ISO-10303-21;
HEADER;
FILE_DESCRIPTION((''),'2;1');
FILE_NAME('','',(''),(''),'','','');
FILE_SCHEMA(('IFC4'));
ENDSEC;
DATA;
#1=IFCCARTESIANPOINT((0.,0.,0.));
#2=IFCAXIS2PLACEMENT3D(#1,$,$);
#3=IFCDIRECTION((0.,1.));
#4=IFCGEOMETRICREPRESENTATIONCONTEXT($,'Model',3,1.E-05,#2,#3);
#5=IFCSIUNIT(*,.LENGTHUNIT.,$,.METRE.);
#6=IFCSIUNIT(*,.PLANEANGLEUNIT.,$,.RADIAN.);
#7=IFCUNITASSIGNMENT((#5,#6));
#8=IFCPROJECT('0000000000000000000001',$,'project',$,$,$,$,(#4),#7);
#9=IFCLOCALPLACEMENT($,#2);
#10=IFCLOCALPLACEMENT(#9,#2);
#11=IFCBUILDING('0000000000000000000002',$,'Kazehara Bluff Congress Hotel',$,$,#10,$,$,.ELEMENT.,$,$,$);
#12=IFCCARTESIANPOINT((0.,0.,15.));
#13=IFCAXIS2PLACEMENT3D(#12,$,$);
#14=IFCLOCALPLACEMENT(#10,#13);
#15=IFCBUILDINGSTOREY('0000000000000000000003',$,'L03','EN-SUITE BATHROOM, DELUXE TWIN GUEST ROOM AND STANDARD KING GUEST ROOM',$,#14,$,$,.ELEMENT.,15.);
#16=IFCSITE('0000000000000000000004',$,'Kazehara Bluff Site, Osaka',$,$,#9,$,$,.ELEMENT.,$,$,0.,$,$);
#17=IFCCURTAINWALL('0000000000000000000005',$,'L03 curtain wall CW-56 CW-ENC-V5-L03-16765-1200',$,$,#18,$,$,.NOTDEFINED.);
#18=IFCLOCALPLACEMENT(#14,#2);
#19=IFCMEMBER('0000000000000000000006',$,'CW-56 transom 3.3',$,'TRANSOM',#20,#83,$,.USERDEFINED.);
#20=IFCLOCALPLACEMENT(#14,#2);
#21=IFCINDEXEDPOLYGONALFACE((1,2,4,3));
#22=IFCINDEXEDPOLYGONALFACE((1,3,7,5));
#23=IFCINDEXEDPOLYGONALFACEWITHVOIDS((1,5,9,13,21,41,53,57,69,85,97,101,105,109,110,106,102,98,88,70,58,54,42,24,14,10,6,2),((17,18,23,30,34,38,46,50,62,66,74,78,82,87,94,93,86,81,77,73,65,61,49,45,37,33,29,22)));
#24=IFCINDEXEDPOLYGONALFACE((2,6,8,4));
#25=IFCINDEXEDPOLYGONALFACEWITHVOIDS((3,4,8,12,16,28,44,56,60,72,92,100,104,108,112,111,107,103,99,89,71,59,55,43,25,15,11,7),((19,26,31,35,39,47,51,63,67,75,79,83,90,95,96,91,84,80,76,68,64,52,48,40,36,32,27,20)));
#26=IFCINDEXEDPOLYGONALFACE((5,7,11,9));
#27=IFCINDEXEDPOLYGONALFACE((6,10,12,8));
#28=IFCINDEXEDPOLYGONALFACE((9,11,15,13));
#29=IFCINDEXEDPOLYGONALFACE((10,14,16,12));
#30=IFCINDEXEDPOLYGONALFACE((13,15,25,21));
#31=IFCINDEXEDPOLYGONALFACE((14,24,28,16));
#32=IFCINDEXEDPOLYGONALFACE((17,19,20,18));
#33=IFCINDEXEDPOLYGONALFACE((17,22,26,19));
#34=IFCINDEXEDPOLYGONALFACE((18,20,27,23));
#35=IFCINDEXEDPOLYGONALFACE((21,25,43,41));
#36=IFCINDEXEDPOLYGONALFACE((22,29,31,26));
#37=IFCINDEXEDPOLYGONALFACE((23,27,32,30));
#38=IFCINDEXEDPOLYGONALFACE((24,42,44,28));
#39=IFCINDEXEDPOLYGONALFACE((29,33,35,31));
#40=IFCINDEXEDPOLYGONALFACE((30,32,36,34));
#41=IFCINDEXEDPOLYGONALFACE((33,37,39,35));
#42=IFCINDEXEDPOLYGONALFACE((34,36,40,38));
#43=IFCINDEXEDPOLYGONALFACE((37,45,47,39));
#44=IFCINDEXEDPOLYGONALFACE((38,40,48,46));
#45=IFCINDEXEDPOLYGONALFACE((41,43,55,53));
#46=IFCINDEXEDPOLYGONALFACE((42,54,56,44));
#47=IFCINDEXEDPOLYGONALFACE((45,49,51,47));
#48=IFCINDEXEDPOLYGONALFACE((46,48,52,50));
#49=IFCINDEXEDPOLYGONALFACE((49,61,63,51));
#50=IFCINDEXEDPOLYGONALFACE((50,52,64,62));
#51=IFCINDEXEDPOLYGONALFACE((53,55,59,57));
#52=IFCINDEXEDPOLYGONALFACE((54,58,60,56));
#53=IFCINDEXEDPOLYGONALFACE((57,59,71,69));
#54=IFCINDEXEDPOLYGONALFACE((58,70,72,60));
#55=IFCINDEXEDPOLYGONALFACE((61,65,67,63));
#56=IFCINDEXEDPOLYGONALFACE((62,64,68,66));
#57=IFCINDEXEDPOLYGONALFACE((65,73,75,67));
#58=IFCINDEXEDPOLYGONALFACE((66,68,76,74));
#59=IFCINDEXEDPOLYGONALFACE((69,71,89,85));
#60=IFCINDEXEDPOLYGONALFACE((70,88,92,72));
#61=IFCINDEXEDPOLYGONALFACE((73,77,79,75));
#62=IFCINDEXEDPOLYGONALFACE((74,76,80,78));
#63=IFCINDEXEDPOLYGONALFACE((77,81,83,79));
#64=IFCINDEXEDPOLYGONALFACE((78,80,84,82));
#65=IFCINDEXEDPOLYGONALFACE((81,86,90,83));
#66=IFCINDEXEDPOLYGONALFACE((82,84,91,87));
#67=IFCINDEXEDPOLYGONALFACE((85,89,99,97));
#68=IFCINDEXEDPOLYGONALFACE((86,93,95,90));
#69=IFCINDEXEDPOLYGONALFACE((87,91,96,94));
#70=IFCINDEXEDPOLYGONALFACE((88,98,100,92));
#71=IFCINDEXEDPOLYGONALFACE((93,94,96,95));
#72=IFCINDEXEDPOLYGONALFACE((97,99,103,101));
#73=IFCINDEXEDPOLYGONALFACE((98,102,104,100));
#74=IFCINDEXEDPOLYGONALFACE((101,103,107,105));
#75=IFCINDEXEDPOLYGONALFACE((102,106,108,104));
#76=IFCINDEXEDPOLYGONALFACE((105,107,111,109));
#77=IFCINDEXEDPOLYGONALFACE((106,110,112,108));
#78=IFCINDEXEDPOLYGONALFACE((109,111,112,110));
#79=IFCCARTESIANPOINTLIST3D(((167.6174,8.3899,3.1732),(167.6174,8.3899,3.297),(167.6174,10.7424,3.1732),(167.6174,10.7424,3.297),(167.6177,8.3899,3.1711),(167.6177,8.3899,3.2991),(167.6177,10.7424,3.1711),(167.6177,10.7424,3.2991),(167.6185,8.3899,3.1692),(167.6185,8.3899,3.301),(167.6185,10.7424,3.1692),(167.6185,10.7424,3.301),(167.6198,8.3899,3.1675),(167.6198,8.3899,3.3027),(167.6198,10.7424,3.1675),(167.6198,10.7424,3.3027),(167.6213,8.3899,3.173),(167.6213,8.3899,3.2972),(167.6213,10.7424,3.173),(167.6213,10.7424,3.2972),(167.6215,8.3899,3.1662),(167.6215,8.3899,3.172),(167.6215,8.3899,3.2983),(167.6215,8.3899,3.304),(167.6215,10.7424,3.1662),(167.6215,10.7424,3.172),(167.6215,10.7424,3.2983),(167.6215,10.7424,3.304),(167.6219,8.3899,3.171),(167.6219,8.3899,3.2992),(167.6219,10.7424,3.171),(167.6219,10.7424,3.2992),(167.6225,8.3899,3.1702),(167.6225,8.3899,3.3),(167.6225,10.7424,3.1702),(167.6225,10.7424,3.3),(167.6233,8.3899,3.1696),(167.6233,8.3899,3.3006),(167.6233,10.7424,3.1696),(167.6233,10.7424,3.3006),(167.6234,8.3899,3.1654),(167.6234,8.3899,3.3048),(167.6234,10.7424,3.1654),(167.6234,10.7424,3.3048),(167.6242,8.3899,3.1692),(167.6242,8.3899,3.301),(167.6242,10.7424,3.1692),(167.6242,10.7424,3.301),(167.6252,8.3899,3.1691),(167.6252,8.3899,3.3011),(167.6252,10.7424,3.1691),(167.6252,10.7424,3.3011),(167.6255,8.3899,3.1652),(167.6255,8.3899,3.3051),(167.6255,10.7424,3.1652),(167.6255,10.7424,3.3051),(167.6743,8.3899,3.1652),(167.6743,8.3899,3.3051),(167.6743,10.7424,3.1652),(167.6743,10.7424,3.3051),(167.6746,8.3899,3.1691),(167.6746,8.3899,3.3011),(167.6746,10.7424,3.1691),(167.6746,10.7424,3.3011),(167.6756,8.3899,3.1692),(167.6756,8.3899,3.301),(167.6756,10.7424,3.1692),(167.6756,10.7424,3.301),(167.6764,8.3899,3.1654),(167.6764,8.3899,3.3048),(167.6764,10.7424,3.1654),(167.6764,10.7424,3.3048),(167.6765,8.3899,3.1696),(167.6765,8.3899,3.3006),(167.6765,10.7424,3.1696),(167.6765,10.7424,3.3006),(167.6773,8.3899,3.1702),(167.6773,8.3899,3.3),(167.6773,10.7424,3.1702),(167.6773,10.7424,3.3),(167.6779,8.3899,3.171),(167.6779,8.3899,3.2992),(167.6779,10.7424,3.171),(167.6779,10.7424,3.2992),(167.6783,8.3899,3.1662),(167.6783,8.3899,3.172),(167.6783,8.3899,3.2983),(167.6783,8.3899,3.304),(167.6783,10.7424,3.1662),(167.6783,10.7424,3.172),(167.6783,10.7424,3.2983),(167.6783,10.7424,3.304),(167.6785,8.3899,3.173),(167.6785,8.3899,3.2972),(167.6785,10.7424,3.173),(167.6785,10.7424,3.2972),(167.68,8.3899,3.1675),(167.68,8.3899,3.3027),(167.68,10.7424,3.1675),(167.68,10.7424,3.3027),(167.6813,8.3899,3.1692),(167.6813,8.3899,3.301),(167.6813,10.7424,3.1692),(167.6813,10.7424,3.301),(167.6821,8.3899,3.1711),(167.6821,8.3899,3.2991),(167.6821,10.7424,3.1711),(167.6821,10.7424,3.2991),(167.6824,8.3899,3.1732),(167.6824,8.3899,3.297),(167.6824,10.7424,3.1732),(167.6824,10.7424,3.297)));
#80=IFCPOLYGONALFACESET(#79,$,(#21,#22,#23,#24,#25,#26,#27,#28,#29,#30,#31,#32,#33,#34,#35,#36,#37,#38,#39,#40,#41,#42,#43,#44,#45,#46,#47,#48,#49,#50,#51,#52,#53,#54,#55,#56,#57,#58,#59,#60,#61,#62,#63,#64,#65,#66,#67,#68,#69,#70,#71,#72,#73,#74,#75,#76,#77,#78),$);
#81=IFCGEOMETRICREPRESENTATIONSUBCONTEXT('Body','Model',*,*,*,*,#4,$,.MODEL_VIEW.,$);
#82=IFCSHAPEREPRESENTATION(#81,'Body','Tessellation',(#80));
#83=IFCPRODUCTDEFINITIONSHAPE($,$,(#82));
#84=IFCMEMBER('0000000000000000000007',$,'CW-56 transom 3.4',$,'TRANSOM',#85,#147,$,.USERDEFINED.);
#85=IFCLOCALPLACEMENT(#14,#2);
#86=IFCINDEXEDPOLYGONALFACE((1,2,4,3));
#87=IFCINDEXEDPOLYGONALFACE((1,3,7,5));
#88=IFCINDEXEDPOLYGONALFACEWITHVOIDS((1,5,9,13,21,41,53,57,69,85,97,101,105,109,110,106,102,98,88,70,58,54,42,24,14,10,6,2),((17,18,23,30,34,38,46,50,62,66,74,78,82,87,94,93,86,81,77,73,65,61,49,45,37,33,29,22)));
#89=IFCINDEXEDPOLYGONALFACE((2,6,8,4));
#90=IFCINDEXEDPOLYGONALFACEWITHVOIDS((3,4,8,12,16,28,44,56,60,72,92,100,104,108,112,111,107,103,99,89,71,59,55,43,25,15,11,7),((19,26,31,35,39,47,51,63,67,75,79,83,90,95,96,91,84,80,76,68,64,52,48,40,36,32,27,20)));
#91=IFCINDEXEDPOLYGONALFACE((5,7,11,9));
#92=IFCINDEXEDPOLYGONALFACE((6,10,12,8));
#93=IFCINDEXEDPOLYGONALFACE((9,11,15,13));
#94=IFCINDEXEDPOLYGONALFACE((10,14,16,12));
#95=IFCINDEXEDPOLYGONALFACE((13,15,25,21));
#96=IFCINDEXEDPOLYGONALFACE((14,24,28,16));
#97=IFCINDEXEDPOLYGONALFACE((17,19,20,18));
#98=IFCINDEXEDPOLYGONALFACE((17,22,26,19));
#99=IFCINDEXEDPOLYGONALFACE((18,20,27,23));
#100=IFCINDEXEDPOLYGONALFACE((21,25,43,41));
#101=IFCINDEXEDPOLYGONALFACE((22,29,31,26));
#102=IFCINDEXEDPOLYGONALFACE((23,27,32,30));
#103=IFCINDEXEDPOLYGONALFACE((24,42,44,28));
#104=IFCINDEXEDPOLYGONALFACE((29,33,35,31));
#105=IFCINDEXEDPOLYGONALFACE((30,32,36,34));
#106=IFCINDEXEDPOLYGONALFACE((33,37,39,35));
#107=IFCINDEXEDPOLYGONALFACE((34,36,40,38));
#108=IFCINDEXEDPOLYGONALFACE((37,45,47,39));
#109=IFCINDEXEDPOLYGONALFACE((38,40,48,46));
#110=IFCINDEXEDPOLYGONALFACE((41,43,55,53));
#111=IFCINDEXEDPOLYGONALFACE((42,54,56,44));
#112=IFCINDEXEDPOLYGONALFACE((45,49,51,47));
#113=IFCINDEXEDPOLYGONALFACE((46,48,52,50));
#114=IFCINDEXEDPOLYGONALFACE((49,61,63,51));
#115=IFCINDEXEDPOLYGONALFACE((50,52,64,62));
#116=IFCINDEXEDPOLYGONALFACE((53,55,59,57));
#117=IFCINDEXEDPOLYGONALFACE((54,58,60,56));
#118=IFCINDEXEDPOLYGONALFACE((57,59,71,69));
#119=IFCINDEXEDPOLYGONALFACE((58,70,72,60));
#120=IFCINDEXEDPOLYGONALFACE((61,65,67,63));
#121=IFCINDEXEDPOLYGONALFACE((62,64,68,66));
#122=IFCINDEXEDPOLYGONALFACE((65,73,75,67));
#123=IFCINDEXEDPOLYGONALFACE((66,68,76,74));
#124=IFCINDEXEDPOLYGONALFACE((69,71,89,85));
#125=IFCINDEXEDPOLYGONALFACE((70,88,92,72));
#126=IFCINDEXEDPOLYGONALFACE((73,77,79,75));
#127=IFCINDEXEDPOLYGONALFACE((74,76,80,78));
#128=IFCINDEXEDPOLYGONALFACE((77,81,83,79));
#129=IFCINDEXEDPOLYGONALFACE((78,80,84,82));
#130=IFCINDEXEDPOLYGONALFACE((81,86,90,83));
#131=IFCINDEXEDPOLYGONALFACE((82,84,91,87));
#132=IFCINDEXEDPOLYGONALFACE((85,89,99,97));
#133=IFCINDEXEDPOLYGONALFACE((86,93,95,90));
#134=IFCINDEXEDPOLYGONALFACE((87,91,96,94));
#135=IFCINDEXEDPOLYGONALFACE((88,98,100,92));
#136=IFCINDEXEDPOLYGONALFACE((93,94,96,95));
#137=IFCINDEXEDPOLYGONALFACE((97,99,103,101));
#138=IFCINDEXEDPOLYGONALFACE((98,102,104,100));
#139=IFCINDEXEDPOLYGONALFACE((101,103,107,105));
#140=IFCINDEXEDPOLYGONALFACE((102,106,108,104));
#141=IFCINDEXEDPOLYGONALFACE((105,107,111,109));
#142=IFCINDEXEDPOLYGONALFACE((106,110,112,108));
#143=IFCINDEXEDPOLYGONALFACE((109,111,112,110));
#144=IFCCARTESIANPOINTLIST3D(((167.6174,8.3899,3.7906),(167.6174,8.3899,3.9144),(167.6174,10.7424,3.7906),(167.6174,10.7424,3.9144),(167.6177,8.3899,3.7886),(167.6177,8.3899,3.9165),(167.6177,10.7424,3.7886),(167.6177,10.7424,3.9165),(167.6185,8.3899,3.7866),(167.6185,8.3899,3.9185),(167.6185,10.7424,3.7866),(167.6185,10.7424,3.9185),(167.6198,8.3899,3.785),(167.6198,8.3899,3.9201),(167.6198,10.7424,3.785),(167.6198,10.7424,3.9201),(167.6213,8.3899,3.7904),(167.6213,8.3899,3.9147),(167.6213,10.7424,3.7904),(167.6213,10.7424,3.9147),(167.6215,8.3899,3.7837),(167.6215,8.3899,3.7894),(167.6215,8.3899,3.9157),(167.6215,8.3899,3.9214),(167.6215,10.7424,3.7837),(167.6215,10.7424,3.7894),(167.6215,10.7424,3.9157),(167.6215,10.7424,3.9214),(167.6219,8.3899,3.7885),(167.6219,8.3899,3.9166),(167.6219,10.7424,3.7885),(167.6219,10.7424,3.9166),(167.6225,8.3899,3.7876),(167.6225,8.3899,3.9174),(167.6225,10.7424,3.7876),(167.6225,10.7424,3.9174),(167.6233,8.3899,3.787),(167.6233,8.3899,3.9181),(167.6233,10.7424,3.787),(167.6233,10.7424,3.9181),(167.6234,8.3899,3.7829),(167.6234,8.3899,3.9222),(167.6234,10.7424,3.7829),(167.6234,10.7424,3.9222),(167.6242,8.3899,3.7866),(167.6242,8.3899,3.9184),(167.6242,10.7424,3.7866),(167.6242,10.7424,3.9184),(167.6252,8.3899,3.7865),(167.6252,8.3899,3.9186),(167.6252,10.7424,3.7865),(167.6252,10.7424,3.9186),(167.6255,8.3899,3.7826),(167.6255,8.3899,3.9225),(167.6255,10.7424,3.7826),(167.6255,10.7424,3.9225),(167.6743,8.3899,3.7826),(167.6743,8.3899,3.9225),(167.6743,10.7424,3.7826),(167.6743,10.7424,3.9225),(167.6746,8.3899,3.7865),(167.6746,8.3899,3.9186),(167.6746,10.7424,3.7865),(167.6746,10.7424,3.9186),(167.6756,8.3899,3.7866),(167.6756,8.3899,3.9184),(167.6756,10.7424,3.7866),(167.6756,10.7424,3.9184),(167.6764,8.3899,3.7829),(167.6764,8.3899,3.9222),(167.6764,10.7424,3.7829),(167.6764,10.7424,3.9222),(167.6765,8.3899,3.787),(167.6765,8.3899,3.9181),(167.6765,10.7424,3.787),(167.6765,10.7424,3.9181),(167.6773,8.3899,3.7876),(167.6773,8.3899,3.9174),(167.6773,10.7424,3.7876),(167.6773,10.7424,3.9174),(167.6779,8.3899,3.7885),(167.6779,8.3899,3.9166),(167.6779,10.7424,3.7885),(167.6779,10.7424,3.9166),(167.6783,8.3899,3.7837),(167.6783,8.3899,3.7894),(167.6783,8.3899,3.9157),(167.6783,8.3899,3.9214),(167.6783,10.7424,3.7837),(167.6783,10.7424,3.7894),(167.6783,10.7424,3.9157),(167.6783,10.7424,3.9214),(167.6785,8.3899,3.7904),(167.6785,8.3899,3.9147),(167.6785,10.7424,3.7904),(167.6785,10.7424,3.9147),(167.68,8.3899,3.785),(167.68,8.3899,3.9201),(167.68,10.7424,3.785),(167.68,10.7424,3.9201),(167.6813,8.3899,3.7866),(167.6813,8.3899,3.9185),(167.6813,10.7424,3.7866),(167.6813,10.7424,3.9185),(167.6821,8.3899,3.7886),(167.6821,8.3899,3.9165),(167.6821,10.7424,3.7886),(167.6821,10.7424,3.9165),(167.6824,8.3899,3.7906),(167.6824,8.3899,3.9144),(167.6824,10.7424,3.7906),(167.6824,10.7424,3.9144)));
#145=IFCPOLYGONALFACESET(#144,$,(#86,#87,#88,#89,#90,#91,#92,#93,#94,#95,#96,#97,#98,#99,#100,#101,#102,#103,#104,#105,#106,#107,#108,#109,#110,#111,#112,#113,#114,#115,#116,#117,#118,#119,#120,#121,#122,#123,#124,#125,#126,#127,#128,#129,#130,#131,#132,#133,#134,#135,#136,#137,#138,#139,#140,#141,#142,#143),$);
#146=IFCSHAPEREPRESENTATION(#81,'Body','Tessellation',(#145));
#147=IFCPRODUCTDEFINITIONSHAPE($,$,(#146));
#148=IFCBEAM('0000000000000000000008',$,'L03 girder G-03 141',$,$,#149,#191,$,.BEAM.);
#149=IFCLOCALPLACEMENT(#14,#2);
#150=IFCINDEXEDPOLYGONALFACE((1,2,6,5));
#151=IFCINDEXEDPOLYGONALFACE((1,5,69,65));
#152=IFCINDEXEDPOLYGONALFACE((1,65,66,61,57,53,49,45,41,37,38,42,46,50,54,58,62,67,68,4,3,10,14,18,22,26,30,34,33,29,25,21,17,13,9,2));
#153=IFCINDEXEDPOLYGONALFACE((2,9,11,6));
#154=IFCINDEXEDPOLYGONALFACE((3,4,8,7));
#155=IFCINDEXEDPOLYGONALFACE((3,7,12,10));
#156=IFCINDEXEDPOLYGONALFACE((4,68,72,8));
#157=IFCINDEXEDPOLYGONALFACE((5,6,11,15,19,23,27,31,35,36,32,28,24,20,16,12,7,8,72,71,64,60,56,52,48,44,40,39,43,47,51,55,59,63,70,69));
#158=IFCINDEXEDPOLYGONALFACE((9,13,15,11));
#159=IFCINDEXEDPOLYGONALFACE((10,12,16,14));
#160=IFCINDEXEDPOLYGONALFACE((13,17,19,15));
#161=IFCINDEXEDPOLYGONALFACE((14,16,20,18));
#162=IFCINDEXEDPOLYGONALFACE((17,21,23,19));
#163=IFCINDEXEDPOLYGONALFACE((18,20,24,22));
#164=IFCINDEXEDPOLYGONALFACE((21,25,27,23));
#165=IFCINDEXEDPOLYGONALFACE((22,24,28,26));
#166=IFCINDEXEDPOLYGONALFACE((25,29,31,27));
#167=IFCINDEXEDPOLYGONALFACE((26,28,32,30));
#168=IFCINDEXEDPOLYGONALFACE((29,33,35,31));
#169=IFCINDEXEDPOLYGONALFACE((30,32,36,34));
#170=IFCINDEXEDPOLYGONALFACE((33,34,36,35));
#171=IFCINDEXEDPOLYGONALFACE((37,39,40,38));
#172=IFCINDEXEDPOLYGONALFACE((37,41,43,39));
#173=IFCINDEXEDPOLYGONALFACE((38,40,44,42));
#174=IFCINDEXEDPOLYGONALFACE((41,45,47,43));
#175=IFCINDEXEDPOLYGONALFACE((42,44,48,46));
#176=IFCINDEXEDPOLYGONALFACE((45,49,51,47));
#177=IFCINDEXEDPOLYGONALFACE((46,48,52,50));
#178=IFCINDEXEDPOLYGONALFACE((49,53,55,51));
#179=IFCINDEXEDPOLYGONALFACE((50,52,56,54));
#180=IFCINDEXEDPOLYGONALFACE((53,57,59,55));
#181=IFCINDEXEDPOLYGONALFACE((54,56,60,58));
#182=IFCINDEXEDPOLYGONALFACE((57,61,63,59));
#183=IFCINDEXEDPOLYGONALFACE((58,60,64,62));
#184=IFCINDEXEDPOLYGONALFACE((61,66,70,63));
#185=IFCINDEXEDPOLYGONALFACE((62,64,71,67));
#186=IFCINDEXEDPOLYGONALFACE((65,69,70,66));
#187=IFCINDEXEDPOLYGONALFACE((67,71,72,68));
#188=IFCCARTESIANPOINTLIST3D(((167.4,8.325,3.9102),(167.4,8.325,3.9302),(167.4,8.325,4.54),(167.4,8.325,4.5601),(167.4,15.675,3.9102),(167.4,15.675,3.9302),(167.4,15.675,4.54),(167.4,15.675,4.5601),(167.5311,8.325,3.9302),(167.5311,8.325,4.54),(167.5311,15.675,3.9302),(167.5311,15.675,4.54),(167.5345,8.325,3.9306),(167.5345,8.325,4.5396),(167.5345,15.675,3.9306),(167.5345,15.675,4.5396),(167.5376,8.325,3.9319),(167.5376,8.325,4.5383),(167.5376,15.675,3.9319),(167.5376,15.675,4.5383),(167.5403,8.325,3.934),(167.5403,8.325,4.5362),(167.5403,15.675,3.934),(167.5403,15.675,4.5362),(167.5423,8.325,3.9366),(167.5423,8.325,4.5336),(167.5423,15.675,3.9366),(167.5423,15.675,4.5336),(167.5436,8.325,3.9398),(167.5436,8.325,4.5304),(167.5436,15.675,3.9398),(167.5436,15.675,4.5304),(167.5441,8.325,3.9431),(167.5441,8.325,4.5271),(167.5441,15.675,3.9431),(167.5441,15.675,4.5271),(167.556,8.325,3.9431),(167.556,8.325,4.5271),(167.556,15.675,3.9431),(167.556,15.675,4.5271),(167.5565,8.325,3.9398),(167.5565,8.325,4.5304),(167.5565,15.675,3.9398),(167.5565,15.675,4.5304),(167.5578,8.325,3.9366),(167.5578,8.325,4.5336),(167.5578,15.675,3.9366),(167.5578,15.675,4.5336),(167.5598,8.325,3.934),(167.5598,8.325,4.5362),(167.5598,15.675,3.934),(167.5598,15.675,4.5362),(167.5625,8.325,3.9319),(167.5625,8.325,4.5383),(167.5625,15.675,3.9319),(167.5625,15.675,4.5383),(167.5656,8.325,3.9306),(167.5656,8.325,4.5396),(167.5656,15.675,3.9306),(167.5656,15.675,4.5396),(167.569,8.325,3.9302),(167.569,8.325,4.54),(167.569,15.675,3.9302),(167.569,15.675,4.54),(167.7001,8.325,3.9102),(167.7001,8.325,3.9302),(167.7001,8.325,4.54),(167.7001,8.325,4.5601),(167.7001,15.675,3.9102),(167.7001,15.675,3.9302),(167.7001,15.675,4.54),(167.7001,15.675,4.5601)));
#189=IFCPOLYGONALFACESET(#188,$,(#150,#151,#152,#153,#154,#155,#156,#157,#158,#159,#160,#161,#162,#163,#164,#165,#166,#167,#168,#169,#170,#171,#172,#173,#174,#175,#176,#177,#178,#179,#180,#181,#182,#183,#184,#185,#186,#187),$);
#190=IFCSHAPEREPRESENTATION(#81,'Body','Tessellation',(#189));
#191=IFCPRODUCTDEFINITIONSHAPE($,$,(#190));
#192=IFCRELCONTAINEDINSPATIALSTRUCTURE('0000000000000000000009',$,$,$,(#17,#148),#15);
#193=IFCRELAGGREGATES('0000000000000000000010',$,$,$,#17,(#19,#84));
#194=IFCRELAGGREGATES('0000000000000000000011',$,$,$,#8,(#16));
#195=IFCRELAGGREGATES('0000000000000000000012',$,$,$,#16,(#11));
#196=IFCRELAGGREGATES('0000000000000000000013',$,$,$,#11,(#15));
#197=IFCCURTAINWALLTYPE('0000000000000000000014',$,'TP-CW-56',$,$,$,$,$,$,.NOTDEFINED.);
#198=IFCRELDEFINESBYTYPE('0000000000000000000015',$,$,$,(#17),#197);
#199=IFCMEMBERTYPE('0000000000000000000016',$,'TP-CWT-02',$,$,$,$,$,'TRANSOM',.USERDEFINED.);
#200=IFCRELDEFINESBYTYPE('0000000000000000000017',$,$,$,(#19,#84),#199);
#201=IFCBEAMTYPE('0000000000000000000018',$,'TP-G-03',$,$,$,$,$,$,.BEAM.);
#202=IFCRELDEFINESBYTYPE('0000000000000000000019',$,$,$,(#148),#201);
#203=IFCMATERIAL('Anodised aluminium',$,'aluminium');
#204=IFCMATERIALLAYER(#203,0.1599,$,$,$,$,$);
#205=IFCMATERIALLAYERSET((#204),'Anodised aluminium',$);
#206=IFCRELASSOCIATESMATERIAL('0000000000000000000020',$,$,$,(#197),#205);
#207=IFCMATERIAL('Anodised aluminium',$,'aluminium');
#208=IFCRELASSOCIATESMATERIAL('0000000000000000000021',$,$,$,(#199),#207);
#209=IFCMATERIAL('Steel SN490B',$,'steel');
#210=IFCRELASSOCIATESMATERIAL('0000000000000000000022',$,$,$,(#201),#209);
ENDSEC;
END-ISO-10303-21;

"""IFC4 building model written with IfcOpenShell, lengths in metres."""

from ifc_helpers import new_model, si_unit, direction, frame, origin, origin_2d, place, context, subcontext, project, spatial, hollow_rectangle, i_section, extrude, material, layer, layer_set, material_profile, profile_set, type_object, element, aggregate, save


model = new_model("IFC4")

# Units and contexts
model_context = context("Model", 3, precision=1e-05, world=origin(), true_north=direction((0.0, 1.0)))
body_context = subcontext(model_context, "Body", "Model", "MODEL_VIEW")
ifc_project = project(units=[si_unit("LENGTHUNIT", "METRE"), si_unit("PLANEANGLEUNIT", "RADIAN")], contexts=[model_context])

# Site, building, storey
site_placement = place(None, origin())
site = spatial("IfcSite", under=ifc_project, at=site_placement, Name="Kazehara Bluff Site, Osaka", CompositionType="ELEMENT", RefElevation=0.0)
building_placement = place(site_placement, origin())
building = spatial("IfcBuilding", under=site, at=building_placement, Name="Kazehara Bluff Congress Hotel", CompositionType="ELEMENT")
storey_placement = place(building_placement, frame((0.0, 0.0, 15.0)))
storey = spatial("IfcBuildingStorey", under=building, at=storey_placement, Name="L03", Description="EN-SUITE BATHROOM, DELUXE TWIN GUEST ROOM AND STANDARD KING GUEST ROOM", CompositionType="ELEMENT", Elevation=15.0)

# Curtain wall
ifc_material_1 = material(Name="Anodised aluminium", Category="aluminium")
ifc_layer_1 = layer(ifc_material_1, 0.1599)
ifc_layer_set_1 = layer_set([ifc_layer_1], Name="Anodised aluminium")
curtain_wall_type_1 = type_object("IfcCurtainWallType", Name="TP-CW-56", PredefinedType="NOTDEFINED", material=ifc_layer_set_1)
curtain_wall_1_placement = place(storey_placement, origin())
curtain_wall_1 = element("IfcCurtainWall", 1, at=curtain_wall_1_placement, inside=storey, type_object=curtain_wall_type_1, Name="L03 curtain wall CW-56 CW-ENC-V5-L03-16765-1200", PredefinedType="NOTDEFINED")

# Members
ifc_material_2 = material(Name="Anodised aluminium", Category="aluminium")
ifc_material_profile_1 = material_profile(ifc_material_2, hollow_rectangle(XDim=0.0649, YDim=0.1399, WallThickness=0.0039, InnerFilletRadius=0.0039, OuterFilletRadius=0.0081, at=origin_2d()))
ifc_profile_set_1 = profile_set([ifc_material_profile_1], Name="Anodised aluminium")
member_type_1 = type_object("IfcMemberType", Name="TP-CWT-02", ElementType="TRANSOM", PredefinedType="USERDEFINED", material=ifc_profile_set_1)
member_1_placement = place(storey_placement, frame((167.6499, 10.7424, 3.2351), z_axis=(0.0, -1.0, 0.0), x_axis=(1.0, 0.0, 0.0)))
member_1 = element("IfcMember", 2, at=member_1_placement, type_object=member_type_1, Name="CW-56 transom 3.3", ObjectType="TRANSOM", PredefinedType="USERDEFINED", context=body_context, shape_type="SweptSolid", body=[
    extrude(hollow_rectangle(XDim=0.0649, YDim=0.1399, WallThickness=0.0039, InnerFilletRadius=0.0039, OuterFilletRadius=0.0081, at=origin_2d()), origin(), (0.0, 0.0, 1.0), 2.3525),
])
member_2_placement = place(storey_placement, frame((167.6499, 10.7424, 3.8525), z_axis=(0.0, -1.0, 0.0), x_axis=(1.0, 0.0, 0.0)))
member_2 = element("IfcMember", 3, at=member_2_placement, type_object=member_type_1, Name="CW-56 transom 3.4", ObjectType="TRANSOM", PredefinedType="USERDEFINED", context=body_context, shape_type="SweptSolid", body=[
    extrude(hollow_rectangle(XDim=0.0649, YDim=0.1399, WallThickness=0.0039, InnerFilletRadius=0.0039, OuterFilletRadius=0.0081, at=origin_2d()), origin(), (0.0, 0.0, 1.0), 2.3525),
])

# Beam
ifc_material_3 = material(Name="Steel SN490B", Category="steel")
ifc_material_profile_2 = material_profile(ifc_material_3, i_section(OverallWidth=0.3, OverallDepth=0.6499, WebThickness=0.012, FlangeThickness=0.02, FilletRadius=0.0129, at=origin_2d()))
ifc_profile_set_2 = profile_set([ifc_material_profile_2], Name="Steel SN490B")
beam_type = type_object("IfcBeamType", Name="TP-G-03", PredefinedType="BEAM", material=ifc_profile_set_2)
beam_1_placement = place(storey_placement, frame((167.55, 8.325, 4.2351), z_axis=(0.0, 1.0, 0.0), x_axis=(-1.0, 0.0, 0.0)))
element("IfcBeam", 4, at=beam_1_placement, inside=storey, type_object=beam_type, Name="L03 girder G-03 141", PredefinedType="BEAM", context=body_context, shape_type="SweptSolid", body=[
    extrude(i_section(OverallWidth=0.3, OverallDepth=0.6499, WebThickness=0.012, FlangeThickness=0.02, FilletRadius=0.0129, at=origin_2d()), origin(), (0.0, 0.0, 1.0), 7.3501),
])

aggregate(curtain_wall_1, [member_1, member_2])

save(model, "model.ifc")
